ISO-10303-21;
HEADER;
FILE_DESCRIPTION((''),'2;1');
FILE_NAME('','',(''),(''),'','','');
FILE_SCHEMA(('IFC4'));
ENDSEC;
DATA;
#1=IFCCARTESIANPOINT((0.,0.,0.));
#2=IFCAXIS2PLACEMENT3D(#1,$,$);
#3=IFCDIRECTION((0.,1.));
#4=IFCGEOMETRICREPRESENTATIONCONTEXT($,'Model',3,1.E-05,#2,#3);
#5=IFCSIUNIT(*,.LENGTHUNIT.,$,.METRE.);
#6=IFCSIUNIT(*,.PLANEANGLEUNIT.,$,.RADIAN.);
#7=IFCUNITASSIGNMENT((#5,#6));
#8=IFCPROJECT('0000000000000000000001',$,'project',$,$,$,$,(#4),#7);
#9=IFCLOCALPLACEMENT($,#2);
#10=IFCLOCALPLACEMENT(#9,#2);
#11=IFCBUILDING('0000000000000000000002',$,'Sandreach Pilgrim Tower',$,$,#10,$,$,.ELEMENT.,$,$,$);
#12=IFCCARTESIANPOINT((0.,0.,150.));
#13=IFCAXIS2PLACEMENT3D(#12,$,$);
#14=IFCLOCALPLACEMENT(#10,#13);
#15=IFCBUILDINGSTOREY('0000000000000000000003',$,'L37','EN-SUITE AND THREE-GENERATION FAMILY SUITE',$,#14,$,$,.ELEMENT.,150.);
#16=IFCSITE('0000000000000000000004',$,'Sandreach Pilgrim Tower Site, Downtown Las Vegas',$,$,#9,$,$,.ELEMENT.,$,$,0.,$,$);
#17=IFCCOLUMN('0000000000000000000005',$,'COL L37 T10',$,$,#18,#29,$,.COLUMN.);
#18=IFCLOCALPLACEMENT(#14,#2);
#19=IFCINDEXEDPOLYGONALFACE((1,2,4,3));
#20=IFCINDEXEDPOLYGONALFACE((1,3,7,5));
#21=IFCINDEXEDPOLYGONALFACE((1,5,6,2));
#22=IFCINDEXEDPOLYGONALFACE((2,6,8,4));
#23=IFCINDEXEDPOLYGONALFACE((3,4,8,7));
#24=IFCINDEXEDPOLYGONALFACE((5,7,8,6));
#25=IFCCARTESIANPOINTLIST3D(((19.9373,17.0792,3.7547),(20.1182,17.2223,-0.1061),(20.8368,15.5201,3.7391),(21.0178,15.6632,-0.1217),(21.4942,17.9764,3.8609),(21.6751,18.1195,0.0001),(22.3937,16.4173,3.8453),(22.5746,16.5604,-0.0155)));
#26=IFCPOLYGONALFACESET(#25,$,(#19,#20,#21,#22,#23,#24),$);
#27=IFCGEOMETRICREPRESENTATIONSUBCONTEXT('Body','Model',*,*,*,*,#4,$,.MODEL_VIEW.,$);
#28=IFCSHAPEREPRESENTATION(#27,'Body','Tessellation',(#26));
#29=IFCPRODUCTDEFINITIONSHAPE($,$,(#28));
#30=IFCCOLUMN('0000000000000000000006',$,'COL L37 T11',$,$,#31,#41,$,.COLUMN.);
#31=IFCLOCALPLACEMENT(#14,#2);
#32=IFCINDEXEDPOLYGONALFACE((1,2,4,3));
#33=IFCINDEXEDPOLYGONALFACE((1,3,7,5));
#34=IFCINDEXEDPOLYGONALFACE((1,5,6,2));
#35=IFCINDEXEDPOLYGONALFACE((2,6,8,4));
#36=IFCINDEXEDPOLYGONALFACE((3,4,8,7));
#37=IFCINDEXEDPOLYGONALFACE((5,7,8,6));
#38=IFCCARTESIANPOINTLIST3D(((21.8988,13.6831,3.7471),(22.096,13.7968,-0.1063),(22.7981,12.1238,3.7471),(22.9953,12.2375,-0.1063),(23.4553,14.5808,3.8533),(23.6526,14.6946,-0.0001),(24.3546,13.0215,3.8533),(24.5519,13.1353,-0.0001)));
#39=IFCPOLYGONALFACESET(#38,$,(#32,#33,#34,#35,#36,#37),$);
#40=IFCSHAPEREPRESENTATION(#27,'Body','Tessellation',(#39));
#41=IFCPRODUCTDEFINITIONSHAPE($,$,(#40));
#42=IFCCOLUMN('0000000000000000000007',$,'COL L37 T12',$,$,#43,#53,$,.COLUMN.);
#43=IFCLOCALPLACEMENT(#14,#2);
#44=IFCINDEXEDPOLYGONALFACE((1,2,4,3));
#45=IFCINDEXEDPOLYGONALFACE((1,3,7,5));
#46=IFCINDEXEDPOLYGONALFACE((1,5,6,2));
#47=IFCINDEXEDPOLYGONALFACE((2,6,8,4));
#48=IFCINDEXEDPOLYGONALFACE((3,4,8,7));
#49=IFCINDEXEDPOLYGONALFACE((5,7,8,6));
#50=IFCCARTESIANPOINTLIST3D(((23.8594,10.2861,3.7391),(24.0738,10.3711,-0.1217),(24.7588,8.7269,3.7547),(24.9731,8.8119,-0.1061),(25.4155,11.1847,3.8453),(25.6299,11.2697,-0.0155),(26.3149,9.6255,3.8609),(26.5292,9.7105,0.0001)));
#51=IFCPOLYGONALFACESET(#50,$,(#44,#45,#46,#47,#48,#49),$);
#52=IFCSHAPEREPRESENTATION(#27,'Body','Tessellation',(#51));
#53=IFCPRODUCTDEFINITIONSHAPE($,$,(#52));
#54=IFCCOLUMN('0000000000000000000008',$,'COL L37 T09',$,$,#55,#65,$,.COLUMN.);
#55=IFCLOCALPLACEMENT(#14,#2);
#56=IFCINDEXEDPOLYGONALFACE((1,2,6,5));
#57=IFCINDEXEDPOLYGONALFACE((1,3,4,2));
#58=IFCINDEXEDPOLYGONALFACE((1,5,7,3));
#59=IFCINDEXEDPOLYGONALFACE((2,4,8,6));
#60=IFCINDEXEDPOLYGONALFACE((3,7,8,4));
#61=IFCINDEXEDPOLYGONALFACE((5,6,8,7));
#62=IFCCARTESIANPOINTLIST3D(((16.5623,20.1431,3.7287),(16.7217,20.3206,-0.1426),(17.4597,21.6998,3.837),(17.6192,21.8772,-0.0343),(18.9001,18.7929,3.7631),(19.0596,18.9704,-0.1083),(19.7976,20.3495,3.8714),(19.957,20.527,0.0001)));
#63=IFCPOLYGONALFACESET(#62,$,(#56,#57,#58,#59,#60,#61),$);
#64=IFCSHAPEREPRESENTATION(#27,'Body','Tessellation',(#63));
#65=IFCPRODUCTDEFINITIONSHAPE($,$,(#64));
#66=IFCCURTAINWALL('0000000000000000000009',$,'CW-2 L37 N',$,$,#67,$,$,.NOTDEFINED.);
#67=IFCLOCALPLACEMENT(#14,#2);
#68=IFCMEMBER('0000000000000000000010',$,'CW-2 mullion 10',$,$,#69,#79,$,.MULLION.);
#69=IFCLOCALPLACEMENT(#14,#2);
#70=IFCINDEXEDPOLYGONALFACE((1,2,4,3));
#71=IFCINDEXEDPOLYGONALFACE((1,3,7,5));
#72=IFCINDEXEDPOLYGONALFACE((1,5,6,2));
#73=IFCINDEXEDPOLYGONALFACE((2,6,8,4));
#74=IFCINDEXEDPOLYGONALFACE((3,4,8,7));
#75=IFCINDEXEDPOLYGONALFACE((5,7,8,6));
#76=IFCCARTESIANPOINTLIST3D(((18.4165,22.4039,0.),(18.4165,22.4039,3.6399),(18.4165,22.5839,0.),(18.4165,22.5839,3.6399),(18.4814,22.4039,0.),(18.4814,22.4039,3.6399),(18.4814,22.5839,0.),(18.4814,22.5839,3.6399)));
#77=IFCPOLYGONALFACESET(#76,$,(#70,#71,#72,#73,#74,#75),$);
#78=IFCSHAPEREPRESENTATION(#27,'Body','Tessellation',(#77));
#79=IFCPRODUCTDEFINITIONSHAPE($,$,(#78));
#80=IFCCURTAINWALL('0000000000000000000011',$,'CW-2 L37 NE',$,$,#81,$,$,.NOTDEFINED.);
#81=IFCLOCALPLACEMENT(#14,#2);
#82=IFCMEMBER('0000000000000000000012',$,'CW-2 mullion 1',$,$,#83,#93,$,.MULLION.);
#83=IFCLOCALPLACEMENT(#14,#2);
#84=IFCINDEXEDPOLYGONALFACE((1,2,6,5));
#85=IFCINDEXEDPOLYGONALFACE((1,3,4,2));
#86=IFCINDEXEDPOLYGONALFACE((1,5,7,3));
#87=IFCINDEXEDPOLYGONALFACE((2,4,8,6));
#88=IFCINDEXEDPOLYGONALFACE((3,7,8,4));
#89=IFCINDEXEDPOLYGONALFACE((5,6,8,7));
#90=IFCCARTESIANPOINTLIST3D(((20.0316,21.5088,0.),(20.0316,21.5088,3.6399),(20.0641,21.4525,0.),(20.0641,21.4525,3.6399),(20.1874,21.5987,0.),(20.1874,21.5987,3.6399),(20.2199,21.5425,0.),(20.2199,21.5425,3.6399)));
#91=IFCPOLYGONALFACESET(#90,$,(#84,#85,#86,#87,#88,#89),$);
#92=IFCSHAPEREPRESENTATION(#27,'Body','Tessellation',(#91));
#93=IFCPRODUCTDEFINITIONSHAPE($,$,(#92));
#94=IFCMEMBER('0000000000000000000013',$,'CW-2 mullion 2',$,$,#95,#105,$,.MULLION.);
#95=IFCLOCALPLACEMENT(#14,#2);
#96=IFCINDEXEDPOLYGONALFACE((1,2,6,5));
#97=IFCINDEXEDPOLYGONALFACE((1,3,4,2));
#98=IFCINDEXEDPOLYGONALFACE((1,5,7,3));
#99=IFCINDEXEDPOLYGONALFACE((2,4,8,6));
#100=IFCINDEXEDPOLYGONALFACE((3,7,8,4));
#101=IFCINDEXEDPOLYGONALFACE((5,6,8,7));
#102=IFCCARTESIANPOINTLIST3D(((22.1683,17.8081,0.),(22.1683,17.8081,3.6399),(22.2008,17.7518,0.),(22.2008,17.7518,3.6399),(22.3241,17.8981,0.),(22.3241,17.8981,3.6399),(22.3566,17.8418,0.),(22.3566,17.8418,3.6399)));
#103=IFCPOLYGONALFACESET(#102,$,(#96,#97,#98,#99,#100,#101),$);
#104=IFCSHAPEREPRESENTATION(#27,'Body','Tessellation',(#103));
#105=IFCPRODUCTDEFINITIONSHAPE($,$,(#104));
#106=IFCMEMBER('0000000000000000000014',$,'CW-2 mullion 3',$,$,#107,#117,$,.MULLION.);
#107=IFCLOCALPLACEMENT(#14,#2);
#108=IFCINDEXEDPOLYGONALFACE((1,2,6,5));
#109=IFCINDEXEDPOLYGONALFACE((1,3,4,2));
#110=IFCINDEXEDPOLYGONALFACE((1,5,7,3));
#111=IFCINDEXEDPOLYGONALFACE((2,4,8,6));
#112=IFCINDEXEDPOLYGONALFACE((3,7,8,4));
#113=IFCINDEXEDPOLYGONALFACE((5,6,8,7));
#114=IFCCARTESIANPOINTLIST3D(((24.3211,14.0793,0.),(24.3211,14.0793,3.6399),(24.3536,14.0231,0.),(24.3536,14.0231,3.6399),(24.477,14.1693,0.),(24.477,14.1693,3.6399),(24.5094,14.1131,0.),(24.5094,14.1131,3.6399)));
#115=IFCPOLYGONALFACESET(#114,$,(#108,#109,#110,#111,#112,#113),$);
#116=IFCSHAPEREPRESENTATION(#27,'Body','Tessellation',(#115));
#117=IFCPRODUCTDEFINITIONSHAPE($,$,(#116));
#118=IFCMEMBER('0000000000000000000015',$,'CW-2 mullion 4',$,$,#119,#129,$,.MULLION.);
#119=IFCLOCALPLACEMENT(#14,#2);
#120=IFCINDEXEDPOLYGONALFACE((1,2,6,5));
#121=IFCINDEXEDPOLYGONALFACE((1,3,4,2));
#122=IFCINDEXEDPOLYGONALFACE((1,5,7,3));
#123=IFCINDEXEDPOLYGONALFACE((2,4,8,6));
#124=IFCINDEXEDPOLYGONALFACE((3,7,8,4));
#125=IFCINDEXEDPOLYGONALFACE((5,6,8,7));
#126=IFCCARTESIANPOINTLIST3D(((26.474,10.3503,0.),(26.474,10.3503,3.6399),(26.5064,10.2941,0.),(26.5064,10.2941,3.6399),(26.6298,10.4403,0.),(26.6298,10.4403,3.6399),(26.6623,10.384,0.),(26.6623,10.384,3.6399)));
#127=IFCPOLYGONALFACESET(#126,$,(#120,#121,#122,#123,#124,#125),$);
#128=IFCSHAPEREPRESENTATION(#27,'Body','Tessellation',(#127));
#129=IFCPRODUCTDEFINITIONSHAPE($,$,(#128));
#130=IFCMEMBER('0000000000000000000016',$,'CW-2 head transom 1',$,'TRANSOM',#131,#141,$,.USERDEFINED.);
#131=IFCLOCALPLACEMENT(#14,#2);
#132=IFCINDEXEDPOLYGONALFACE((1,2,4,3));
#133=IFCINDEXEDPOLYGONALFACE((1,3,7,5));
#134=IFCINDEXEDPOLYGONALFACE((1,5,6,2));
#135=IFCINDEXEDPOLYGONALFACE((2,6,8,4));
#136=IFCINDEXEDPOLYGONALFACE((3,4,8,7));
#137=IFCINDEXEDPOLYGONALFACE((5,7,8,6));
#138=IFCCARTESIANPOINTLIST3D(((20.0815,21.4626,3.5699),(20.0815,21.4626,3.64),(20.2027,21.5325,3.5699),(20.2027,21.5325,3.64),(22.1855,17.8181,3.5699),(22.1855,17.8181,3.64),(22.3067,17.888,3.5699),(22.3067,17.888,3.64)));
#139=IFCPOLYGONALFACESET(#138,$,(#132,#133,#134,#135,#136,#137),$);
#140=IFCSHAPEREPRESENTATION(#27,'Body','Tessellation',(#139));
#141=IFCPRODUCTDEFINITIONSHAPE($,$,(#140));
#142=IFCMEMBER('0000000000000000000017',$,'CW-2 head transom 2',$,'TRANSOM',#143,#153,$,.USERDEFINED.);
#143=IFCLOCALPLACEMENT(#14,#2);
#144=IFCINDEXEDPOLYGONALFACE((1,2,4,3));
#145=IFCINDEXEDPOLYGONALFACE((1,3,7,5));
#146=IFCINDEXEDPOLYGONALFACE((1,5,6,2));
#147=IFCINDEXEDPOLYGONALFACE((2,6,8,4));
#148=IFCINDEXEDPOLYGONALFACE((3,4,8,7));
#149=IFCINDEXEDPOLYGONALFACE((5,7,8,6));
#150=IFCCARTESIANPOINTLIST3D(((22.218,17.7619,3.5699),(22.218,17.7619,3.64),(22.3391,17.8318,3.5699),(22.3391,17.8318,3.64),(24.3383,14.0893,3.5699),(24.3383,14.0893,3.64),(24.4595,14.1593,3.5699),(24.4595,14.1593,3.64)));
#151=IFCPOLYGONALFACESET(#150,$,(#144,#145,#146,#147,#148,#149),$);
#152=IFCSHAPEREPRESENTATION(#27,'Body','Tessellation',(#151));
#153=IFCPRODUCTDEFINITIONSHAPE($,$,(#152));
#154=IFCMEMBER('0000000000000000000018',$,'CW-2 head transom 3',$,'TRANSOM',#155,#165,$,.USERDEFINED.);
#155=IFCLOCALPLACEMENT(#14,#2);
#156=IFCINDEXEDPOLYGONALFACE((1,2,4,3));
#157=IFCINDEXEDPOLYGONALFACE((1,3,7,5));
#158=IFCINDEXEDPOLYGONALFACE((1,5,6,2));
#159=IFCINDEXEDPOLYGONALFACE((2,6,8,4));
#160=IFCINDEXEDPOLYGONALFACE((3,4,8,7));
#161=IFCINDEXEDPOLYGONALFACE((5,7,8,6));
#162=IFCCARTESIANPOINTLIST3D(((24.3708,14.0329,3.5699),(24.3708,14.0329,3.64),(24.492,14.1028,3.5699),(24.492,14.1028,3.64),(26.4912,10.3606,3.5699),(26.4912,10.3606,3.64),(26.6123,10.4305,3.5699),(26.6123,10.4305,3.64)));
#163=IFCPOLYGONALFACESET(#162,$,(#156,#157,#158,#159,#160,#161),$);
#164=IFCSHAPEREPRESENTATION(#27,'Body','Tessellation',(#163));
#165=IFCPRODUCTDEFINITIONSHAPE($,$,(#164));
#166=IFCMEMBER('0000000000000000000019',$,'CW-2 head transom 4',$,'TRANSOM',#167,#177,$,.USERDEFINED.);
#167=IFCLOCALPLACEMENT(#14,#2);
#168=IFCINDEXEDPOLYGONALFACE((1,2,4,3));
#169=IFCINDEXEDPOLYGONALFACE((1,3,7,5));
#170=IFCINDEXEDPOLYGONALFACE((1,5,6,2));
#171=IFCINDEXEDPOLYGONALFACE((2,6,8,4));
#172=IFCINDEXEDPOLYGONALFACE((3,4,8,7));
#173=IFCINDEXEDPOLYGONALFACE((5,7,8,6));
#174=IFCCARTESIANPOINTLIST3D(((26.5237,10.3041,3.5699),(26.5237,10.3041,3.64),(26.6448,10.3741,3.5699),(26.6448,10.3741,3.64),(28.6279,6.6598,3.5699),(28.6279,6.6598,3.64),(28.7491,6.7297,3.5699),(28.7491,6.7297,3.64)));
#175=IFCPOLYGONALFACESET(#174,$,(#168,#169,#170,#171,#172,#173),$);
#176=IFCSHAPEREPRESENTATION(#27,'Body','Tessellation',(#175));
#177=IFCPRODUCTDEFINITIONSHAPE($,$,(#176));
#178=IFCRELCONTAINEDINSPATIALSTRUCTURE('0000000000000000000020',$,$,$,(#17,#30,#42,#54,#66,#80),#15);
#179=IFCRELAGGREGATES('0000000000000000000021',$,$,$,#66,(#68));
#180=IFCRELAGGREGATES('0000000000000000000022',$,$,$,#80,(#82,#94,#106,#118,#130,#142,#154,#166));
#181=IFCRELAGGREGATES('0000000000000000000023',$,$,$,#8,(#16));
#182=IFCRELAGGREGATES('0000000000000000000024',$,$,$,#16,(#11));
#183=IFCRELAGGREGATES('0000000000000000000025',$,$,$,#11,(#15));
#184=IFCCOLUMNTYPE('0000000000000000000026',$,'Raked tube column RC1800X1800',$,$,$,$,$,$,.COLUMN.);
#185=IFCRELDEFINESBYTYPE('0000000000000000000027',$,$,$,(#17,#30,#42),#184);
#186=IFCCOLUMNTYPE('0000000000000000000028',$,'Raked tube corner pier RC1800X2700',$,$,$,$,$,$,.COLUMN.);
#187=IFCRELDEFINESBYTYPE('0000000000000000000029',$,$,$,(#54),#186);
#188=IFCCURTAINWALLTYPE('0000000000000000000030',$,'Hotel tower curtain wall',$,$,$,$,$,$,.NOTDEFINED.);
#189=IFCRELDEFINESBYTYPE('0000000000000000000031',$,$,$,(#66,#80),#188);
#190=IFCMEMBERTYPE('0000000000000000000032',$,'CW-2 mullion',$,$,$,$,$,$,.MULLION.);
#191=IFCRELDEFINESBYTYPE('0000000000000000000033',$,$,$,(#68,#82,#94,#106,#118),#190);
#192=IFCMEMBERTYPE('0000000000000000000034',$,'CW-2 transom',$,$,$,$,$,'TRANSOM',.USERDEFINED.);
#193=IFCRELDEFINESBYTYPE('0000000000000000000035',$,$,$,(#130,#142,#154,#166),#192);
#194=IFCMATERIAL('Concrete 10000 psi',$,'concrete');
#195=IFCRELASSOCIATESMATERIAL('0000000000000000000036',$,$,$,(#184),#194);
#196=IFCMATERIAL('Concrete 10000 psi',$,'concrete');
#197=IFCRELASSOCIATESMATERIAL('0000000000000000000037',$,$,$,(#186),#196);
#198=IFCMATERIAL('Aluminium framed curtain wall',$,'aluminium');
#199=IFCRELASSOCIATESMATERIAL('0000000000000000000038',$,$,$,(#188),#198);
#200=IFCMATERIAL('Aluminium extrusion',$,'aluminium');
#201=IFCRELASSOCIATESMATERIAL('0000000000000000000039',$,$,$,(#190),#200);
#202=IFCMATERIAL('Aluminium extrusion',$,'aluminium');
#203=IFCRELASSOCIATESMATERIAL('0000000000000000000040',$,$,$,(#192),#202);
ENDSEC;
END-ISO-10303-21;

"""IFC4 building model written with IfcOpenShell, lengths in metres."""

from ifc_helpers import new_model, si_unit, direction, frame, origin, origin_2d, place, context, subcontext, project, spatial, rectangle, extrude, material, material_profile, profile_set, type_object, element, aggregate, save


model = new_model("IFC4")

# Units and contexts
model_context = context("Model", 3, precision=1e-05, world=origin(), true_north=direction((0.0, 1.0)))
body_context = subcontext(model_context, "Body", "Model", "MODEL_VIEW")
ifc_project = project(units=[si_unit("LENGTHUNIT", "METRE"), si_unit("PLANEANGLEUNIT", "RADIAN")], contexts=[model_context])

# Site, building, storey
site_placement = place(None, origin())
site = spatial("IfcSite", under=ifc_project, at=site_placement, Name="Sandreach Pilgrim Tower Site, Downtown Las Vegas", CompositionType="ELEMENT", RefElevation=0.0)
building_placement = place(site_placement, origin())
building = spatial("IfcBuilding", under=site, at=building_placement, Name="Sandreach Pilgrim Tower", CompositionType="ELEMENT")
storey_placement = place(building_placement, frame((0.0, 0.0, 150.0)))
storey = spatial("IfcBuildingStorey", under=building, at=storey_placement, Name="L37", Description="EN-SUITE AND THREE-GENERATION FAMILY SUITE", CompositionType="ELEMENT", Elevation=150.0)

# Columns
ifc_material_1 = material(Name="Concrete 10000 psi", Category="concrete")
ifc_material_profile_1 = material_profile(ifc_material_1, rectangle(XDim=1.8, YDim=1.8, at=origin_2d()), Name="RC1800X1800")
ifc_profile_set_1 = profile_set([ifc_material_profile_1], Name="Concrete 10000 psi")
column_type_1 = type_object("IfcColumnType", Name="Raked tube column RC1800X1800", PredefinedType="COLUMN", material=ifc_profile_set_1)
column_1_placement = place(storey_placement, frame((21.3464, 16.8914, -0.0608), z_axis=(-0.046774, -0.03699, 0.99822), x_axis=(0.86492, 0.49843, 0.058997)))
element("IfcColumn", 1, at=column_1_placement, inside=storey, type_object=column_type_1, Name="COL L37 T10", PredefinedType="COLUMN", context=body_context, shape_type="SweptSolid", body=[
    extrude(rectangle(XDim=1.8, YDim=1.8, at=origin_2d()), origin(), (0.0, 0.0, 1.0), 3.8677),
])
column_2_placement = place(storey_placement, frame((23.324, 13.4661, -0.0532), z_axis=(-0.051105, -0.029474, 0.998258), x_axis=(0.864748, 0.498729, 0.058995)))
element("IfcColumn", 2, at=column_2_placement, inside=storey, type_object=column_type_1, Name="COL L37 T11", PredefinedType="COLUMN", context=body_context, shape_type="SweptSolid", body=[
    extrude(rectangle(XDim=1.8, YDim=1.8, at=origin_2d()), origin(), (0.0, 0.0, 1.0), 3.8601),
])
column_3_placement = place(storey_placement, frame((25.3015, 10.0408, -0.0608), z_axis=(-0.055422, -0.021967, 0.998221), x_axis=(0.864472, 0.499208, 0.058981)))
element("IfcColumn", 3, at=column_3_placement, inside=storey, type_object=column_type_1, Name="COL L37 T12", PredefinedType="COLUMN", context=body_context, shape_type="SweptSolid", body=[
    extrude(rectangle(XDim=1.8, YDim=1.8, at=origin_2d()), origin(), (0.0, 0.0, 1.0), 3.8677),
])
ifc_material_2 = material(Name="Concrete 10000 psi", Category="concrete")
ifc_material_profile_2 = material_profile(ifc_material_2, rectangle(XDim=1.8, YDim=2.7, at=origin_2d()), Name="RC1800X2700")
ifc_profile_set_2 = profile_set([ifc_material_profile_2], Name="Concrete 10000 psi")
column_type_2 = type_object("IfcColumnType", Name="Raked tube corner pier RC1800X2700", PredefinedType="COLUMN", material=ifc_profile_set_2)
column_4_placement = place(storey_placement, frame((18.3394, 20.4238, -0.0713), z_axis=(-0.041103, -0.04576, 0.998106), x_axis=(0.49856, 0.864764, 0.060178)))
element("IfcColumn", 4, at=column_4_placement, inside=storey, type_object=column_type_2, Name="COL L37 T09", PredefinedType="COLUMN", context=body_context, shape_type="SweptSolid", body=[
    extrude(rectangle(XDim=1.8, YDim=2.7, at=origin_2d()), origin(), (0.0, 0.0, 1.0), 3.8787),
])

# Curtain wall, member
ifc_material_3 = material(Name="Aluminium framed curtain wall", Category="aluminium")
curtain_wall_type = type_object("IfcCurtainWallType", Name="Hotel tower curtain wall", PredefinedType="NOTDEFINED", material=ifc_material_3)
curtain_wall_1_placement = place(storey_placement, origin())
curtain_wall_1 = element("IfcCurtainWall", 5, at=curtain_wall_1_placement, inside=storey, type_object=curtain_wall_type, Name="CW-2 L37 N", PredefinedType="NOTDEFINED")
ifc_material_4 = material(Name="Aluminium extrusion", Category="aluminium")
ifc_material_profile_3 = material_profile(ifc_material_4, rectangle(XDim=0.0649, YDim=0.1799, at=origin_2d()), Name="CW-2M 65X180")
ifc_profile_set_3 = profile_set([ifc_material_profile_3], Name="Aluminium extrusion")
member_type_1 = type_object("IfcMemberType", Name="CW-2 mullion", PredefinedType="MULLION", material=ifc_profile_set_3)
member_1_placement = place(storey_placement, frame((18.449, 22.4939, 0.0), z_axis=(0.0, 0.0, 1.0), x_axis=(1.0, 0.0, 0.0)))
member_1 = element("IfcMember", 6, at=member_1_placement, type_object=member_type_1, Name="CW-2 mullion 10", PredefinedType="MULLION", context=body_context, shape_type="SweptSolid", body=[
    extrude(rectangle(XDim=0.0649, YDim=0.1799, at=origin_2d()), origin(), (0.0, 0.0, 1.0), 3.6399),
])
aggregate(curtain_wall_1, [member_1])

# Curtain wall, members
curtain_wall_2_placement = place(storey_placement, origin())
curtain_wall_2 = element("IfcCurtainWall", 7, at=curtain_wall_2_placement, inside=storey, type_object=curtain_wall_type, Name="CW-2 L37 NE", PredefinedType="NOTDEFINED")
member_2_placement = place(storey_placement, frame((20.1257, 21.5256, 0.0), z_axis=(0.0, 0.0, 1.0), x_axis=(0.5, -0.866025, 0.0)))
member_2 = element("IfcMember", 8, at=member_2_placement, type_object=member_type_1, Name="CW-2 mullion 1", PredefinedType="MULLION", context=body_context, shape_type="SweptSolid", body=[
    extrude(rectangle(XDim=0.0649, YDim=0.1799, at=origin_2d()), origin(), (0.0, 0.0, 1.0), 3.6399),
])
member_3_placement = place(storey_placement, frame((22.2625, 17.825, 0.0), z_axis=(0.0, 0.0, 1.0), x_axis=(0.5, -0.866025, 0.0)))
member_3 = element("IfcMember", 9, at=member_3_placement, type_object=member_type_1, Name="CW-2 mullion 2", PredefinedType="MULLION", context=body_context, shape_type="SweptSolid", body=[
    extrude(rectangle(XDim=0.0649, YDim=0.1799, at=origin_2d()), origin(), (0.0, 0.0, 1.0), 3.6399),
])
member_4_placement = place(storey_placement, frame((24.4153, 14.0962, 0.0), z_axis=(0.0, 0.0, 1.0), x_axis=(0.5, -0.866025, 0.0)))
member_4 = element("IfcMember", 10, at=member_4_placement, type_object=member_type_1, Name="CW-2 mullion 3", PredefinedType="MULLION", context=body_context, shape_type="SweptSolid", body=[
    extrude(rectangle(XDim=0.0649, YDim=0.1799, at=origin_2d()), origin(), (0.0, 0.0, 1.0), 3.6399),
])
member_5_placement = place(storey_placement, frame((26.5681, 10.3672, 0.0), z_axis=(0.0, 0.0, 1.0), x_axis=(0.5, -0.866025, 0.0)))
member_5 = element("IfcMember", 11, at=member_5_placement, type_object=member_type_1, Name="CW-2 mullion 4", PredefinedType="MULLION", context=body_context, shape_type="SweptSolid", body=[
    extrude(rectangle(XDim=0.0649, YDim=0.1799, at=origin_2d()), origin(), (0.0, 0.0, 1.0), 3.6399),
])
ifc_material_5 = material(Name="Aluminium extrusion", Category="aluminium")
ifc_material_profile_4 = material_profile(ifc_material_5, rectangle(XDim=0.1399, YDim=0.0701, at=origin_2d()), Name="CW-2T 140X70")
ifc_profile_set_4 = profile_set([ifc_material_profile_4], Name="Aluminium extrusion")
member_type_2 = type_object("IfcMemberType", Name="CW-2 transom", ElementType="TRANSOM", PredefinedType="USERDEFINED", material=ifc_profile_set_4)
member_6_placement = place(storey_placement, frame((20.1421, 21.4976, 3.605), z_axis=(0.49997, -0.866043, 0.0), x_axis=(0.866043, 0.49997, 0.0)))
member_6 = element("IfcMember", 12, at=member_6_placement, type_object=member_type_2, Name="CW-2 head transom 1", ObjectType="TRANSOM", PredefinedType="USERDEFINED", context=body_context, shape_type="SweptSolid", body=[
    extrude(rectangle(XDim=0.1399, YDim=0.0701, at=origin_2d()), origin(), (0.0, 0.0, 1.0), 4.2083),
])
member_7_placement = place(storey_placement, frame((22.2786, 17.7969, 3.605), z_axis=(0.499997, -0.866027, 0.0), x_axis=(0.866027, 0.499997, 0.0)))
member_7 = element("IfcMember", 13, at=member_7_placement, type_object=member_type_2, Name="CW-2 head transom 2", ObjectType="TRANSOM", PredefinedType="USERDEFINED", context=body_context, shape_type="SweptSolid", body=[
    extrude(rectangle(XDim=0.1399, YDim=0.0701, at=origin_2d()), origin(), (0.0, 0.0, 1.0), 4.2407),
])
member_8_placement = place(storey_placement, frame((24.4314, 14.0679, 3.605), z_axis=(0.500021, -0.866013, 0.0), x_axis=(0.866013, 0.500021, 0.0)))
member_8 = element("IfcMember", 14, at=member_8_placement, type_object=member_type_2, Name="CW-2 head transom 3", ObjectType="TRANSOM", PredefinedType="USERDEFINED", context=body_context, shape_type="SweptSolid", body=[
    extrude(rectangle(XDim=0.1399, YDim=0.0701, at=origin_2d()), origin(), (0.0, 0.0, 1.0), 4.2405),
])
member_9_placement = place(storey_placement, frame((26.5842, 10.3391, 3.605), z_axis=(0.500039, -0.866003, 0.0), x_axis=(0.866003, 0.500039, 0.0)))
member_9 = element("IfcMember", 15, at=member_9_placement, type_object=member_type_2, Name="CW-2 head transom 4", ObjectType="TRANSOM", PredefinedType="USERDEFINED", context=body_context, shape_type="SweptSolid", body=[
    extrude(rectangle(XDim=0.1399, YDim=0.0701, at=origin_2d()), origin(), (0.0, 0.0, 1.0), 4.2083),
])

aggregate(curtain_wall_2, [member_2, member_3, member_4, member_5, member_6, member_7, member_8, member_9])

save(model, "model.ifc")
